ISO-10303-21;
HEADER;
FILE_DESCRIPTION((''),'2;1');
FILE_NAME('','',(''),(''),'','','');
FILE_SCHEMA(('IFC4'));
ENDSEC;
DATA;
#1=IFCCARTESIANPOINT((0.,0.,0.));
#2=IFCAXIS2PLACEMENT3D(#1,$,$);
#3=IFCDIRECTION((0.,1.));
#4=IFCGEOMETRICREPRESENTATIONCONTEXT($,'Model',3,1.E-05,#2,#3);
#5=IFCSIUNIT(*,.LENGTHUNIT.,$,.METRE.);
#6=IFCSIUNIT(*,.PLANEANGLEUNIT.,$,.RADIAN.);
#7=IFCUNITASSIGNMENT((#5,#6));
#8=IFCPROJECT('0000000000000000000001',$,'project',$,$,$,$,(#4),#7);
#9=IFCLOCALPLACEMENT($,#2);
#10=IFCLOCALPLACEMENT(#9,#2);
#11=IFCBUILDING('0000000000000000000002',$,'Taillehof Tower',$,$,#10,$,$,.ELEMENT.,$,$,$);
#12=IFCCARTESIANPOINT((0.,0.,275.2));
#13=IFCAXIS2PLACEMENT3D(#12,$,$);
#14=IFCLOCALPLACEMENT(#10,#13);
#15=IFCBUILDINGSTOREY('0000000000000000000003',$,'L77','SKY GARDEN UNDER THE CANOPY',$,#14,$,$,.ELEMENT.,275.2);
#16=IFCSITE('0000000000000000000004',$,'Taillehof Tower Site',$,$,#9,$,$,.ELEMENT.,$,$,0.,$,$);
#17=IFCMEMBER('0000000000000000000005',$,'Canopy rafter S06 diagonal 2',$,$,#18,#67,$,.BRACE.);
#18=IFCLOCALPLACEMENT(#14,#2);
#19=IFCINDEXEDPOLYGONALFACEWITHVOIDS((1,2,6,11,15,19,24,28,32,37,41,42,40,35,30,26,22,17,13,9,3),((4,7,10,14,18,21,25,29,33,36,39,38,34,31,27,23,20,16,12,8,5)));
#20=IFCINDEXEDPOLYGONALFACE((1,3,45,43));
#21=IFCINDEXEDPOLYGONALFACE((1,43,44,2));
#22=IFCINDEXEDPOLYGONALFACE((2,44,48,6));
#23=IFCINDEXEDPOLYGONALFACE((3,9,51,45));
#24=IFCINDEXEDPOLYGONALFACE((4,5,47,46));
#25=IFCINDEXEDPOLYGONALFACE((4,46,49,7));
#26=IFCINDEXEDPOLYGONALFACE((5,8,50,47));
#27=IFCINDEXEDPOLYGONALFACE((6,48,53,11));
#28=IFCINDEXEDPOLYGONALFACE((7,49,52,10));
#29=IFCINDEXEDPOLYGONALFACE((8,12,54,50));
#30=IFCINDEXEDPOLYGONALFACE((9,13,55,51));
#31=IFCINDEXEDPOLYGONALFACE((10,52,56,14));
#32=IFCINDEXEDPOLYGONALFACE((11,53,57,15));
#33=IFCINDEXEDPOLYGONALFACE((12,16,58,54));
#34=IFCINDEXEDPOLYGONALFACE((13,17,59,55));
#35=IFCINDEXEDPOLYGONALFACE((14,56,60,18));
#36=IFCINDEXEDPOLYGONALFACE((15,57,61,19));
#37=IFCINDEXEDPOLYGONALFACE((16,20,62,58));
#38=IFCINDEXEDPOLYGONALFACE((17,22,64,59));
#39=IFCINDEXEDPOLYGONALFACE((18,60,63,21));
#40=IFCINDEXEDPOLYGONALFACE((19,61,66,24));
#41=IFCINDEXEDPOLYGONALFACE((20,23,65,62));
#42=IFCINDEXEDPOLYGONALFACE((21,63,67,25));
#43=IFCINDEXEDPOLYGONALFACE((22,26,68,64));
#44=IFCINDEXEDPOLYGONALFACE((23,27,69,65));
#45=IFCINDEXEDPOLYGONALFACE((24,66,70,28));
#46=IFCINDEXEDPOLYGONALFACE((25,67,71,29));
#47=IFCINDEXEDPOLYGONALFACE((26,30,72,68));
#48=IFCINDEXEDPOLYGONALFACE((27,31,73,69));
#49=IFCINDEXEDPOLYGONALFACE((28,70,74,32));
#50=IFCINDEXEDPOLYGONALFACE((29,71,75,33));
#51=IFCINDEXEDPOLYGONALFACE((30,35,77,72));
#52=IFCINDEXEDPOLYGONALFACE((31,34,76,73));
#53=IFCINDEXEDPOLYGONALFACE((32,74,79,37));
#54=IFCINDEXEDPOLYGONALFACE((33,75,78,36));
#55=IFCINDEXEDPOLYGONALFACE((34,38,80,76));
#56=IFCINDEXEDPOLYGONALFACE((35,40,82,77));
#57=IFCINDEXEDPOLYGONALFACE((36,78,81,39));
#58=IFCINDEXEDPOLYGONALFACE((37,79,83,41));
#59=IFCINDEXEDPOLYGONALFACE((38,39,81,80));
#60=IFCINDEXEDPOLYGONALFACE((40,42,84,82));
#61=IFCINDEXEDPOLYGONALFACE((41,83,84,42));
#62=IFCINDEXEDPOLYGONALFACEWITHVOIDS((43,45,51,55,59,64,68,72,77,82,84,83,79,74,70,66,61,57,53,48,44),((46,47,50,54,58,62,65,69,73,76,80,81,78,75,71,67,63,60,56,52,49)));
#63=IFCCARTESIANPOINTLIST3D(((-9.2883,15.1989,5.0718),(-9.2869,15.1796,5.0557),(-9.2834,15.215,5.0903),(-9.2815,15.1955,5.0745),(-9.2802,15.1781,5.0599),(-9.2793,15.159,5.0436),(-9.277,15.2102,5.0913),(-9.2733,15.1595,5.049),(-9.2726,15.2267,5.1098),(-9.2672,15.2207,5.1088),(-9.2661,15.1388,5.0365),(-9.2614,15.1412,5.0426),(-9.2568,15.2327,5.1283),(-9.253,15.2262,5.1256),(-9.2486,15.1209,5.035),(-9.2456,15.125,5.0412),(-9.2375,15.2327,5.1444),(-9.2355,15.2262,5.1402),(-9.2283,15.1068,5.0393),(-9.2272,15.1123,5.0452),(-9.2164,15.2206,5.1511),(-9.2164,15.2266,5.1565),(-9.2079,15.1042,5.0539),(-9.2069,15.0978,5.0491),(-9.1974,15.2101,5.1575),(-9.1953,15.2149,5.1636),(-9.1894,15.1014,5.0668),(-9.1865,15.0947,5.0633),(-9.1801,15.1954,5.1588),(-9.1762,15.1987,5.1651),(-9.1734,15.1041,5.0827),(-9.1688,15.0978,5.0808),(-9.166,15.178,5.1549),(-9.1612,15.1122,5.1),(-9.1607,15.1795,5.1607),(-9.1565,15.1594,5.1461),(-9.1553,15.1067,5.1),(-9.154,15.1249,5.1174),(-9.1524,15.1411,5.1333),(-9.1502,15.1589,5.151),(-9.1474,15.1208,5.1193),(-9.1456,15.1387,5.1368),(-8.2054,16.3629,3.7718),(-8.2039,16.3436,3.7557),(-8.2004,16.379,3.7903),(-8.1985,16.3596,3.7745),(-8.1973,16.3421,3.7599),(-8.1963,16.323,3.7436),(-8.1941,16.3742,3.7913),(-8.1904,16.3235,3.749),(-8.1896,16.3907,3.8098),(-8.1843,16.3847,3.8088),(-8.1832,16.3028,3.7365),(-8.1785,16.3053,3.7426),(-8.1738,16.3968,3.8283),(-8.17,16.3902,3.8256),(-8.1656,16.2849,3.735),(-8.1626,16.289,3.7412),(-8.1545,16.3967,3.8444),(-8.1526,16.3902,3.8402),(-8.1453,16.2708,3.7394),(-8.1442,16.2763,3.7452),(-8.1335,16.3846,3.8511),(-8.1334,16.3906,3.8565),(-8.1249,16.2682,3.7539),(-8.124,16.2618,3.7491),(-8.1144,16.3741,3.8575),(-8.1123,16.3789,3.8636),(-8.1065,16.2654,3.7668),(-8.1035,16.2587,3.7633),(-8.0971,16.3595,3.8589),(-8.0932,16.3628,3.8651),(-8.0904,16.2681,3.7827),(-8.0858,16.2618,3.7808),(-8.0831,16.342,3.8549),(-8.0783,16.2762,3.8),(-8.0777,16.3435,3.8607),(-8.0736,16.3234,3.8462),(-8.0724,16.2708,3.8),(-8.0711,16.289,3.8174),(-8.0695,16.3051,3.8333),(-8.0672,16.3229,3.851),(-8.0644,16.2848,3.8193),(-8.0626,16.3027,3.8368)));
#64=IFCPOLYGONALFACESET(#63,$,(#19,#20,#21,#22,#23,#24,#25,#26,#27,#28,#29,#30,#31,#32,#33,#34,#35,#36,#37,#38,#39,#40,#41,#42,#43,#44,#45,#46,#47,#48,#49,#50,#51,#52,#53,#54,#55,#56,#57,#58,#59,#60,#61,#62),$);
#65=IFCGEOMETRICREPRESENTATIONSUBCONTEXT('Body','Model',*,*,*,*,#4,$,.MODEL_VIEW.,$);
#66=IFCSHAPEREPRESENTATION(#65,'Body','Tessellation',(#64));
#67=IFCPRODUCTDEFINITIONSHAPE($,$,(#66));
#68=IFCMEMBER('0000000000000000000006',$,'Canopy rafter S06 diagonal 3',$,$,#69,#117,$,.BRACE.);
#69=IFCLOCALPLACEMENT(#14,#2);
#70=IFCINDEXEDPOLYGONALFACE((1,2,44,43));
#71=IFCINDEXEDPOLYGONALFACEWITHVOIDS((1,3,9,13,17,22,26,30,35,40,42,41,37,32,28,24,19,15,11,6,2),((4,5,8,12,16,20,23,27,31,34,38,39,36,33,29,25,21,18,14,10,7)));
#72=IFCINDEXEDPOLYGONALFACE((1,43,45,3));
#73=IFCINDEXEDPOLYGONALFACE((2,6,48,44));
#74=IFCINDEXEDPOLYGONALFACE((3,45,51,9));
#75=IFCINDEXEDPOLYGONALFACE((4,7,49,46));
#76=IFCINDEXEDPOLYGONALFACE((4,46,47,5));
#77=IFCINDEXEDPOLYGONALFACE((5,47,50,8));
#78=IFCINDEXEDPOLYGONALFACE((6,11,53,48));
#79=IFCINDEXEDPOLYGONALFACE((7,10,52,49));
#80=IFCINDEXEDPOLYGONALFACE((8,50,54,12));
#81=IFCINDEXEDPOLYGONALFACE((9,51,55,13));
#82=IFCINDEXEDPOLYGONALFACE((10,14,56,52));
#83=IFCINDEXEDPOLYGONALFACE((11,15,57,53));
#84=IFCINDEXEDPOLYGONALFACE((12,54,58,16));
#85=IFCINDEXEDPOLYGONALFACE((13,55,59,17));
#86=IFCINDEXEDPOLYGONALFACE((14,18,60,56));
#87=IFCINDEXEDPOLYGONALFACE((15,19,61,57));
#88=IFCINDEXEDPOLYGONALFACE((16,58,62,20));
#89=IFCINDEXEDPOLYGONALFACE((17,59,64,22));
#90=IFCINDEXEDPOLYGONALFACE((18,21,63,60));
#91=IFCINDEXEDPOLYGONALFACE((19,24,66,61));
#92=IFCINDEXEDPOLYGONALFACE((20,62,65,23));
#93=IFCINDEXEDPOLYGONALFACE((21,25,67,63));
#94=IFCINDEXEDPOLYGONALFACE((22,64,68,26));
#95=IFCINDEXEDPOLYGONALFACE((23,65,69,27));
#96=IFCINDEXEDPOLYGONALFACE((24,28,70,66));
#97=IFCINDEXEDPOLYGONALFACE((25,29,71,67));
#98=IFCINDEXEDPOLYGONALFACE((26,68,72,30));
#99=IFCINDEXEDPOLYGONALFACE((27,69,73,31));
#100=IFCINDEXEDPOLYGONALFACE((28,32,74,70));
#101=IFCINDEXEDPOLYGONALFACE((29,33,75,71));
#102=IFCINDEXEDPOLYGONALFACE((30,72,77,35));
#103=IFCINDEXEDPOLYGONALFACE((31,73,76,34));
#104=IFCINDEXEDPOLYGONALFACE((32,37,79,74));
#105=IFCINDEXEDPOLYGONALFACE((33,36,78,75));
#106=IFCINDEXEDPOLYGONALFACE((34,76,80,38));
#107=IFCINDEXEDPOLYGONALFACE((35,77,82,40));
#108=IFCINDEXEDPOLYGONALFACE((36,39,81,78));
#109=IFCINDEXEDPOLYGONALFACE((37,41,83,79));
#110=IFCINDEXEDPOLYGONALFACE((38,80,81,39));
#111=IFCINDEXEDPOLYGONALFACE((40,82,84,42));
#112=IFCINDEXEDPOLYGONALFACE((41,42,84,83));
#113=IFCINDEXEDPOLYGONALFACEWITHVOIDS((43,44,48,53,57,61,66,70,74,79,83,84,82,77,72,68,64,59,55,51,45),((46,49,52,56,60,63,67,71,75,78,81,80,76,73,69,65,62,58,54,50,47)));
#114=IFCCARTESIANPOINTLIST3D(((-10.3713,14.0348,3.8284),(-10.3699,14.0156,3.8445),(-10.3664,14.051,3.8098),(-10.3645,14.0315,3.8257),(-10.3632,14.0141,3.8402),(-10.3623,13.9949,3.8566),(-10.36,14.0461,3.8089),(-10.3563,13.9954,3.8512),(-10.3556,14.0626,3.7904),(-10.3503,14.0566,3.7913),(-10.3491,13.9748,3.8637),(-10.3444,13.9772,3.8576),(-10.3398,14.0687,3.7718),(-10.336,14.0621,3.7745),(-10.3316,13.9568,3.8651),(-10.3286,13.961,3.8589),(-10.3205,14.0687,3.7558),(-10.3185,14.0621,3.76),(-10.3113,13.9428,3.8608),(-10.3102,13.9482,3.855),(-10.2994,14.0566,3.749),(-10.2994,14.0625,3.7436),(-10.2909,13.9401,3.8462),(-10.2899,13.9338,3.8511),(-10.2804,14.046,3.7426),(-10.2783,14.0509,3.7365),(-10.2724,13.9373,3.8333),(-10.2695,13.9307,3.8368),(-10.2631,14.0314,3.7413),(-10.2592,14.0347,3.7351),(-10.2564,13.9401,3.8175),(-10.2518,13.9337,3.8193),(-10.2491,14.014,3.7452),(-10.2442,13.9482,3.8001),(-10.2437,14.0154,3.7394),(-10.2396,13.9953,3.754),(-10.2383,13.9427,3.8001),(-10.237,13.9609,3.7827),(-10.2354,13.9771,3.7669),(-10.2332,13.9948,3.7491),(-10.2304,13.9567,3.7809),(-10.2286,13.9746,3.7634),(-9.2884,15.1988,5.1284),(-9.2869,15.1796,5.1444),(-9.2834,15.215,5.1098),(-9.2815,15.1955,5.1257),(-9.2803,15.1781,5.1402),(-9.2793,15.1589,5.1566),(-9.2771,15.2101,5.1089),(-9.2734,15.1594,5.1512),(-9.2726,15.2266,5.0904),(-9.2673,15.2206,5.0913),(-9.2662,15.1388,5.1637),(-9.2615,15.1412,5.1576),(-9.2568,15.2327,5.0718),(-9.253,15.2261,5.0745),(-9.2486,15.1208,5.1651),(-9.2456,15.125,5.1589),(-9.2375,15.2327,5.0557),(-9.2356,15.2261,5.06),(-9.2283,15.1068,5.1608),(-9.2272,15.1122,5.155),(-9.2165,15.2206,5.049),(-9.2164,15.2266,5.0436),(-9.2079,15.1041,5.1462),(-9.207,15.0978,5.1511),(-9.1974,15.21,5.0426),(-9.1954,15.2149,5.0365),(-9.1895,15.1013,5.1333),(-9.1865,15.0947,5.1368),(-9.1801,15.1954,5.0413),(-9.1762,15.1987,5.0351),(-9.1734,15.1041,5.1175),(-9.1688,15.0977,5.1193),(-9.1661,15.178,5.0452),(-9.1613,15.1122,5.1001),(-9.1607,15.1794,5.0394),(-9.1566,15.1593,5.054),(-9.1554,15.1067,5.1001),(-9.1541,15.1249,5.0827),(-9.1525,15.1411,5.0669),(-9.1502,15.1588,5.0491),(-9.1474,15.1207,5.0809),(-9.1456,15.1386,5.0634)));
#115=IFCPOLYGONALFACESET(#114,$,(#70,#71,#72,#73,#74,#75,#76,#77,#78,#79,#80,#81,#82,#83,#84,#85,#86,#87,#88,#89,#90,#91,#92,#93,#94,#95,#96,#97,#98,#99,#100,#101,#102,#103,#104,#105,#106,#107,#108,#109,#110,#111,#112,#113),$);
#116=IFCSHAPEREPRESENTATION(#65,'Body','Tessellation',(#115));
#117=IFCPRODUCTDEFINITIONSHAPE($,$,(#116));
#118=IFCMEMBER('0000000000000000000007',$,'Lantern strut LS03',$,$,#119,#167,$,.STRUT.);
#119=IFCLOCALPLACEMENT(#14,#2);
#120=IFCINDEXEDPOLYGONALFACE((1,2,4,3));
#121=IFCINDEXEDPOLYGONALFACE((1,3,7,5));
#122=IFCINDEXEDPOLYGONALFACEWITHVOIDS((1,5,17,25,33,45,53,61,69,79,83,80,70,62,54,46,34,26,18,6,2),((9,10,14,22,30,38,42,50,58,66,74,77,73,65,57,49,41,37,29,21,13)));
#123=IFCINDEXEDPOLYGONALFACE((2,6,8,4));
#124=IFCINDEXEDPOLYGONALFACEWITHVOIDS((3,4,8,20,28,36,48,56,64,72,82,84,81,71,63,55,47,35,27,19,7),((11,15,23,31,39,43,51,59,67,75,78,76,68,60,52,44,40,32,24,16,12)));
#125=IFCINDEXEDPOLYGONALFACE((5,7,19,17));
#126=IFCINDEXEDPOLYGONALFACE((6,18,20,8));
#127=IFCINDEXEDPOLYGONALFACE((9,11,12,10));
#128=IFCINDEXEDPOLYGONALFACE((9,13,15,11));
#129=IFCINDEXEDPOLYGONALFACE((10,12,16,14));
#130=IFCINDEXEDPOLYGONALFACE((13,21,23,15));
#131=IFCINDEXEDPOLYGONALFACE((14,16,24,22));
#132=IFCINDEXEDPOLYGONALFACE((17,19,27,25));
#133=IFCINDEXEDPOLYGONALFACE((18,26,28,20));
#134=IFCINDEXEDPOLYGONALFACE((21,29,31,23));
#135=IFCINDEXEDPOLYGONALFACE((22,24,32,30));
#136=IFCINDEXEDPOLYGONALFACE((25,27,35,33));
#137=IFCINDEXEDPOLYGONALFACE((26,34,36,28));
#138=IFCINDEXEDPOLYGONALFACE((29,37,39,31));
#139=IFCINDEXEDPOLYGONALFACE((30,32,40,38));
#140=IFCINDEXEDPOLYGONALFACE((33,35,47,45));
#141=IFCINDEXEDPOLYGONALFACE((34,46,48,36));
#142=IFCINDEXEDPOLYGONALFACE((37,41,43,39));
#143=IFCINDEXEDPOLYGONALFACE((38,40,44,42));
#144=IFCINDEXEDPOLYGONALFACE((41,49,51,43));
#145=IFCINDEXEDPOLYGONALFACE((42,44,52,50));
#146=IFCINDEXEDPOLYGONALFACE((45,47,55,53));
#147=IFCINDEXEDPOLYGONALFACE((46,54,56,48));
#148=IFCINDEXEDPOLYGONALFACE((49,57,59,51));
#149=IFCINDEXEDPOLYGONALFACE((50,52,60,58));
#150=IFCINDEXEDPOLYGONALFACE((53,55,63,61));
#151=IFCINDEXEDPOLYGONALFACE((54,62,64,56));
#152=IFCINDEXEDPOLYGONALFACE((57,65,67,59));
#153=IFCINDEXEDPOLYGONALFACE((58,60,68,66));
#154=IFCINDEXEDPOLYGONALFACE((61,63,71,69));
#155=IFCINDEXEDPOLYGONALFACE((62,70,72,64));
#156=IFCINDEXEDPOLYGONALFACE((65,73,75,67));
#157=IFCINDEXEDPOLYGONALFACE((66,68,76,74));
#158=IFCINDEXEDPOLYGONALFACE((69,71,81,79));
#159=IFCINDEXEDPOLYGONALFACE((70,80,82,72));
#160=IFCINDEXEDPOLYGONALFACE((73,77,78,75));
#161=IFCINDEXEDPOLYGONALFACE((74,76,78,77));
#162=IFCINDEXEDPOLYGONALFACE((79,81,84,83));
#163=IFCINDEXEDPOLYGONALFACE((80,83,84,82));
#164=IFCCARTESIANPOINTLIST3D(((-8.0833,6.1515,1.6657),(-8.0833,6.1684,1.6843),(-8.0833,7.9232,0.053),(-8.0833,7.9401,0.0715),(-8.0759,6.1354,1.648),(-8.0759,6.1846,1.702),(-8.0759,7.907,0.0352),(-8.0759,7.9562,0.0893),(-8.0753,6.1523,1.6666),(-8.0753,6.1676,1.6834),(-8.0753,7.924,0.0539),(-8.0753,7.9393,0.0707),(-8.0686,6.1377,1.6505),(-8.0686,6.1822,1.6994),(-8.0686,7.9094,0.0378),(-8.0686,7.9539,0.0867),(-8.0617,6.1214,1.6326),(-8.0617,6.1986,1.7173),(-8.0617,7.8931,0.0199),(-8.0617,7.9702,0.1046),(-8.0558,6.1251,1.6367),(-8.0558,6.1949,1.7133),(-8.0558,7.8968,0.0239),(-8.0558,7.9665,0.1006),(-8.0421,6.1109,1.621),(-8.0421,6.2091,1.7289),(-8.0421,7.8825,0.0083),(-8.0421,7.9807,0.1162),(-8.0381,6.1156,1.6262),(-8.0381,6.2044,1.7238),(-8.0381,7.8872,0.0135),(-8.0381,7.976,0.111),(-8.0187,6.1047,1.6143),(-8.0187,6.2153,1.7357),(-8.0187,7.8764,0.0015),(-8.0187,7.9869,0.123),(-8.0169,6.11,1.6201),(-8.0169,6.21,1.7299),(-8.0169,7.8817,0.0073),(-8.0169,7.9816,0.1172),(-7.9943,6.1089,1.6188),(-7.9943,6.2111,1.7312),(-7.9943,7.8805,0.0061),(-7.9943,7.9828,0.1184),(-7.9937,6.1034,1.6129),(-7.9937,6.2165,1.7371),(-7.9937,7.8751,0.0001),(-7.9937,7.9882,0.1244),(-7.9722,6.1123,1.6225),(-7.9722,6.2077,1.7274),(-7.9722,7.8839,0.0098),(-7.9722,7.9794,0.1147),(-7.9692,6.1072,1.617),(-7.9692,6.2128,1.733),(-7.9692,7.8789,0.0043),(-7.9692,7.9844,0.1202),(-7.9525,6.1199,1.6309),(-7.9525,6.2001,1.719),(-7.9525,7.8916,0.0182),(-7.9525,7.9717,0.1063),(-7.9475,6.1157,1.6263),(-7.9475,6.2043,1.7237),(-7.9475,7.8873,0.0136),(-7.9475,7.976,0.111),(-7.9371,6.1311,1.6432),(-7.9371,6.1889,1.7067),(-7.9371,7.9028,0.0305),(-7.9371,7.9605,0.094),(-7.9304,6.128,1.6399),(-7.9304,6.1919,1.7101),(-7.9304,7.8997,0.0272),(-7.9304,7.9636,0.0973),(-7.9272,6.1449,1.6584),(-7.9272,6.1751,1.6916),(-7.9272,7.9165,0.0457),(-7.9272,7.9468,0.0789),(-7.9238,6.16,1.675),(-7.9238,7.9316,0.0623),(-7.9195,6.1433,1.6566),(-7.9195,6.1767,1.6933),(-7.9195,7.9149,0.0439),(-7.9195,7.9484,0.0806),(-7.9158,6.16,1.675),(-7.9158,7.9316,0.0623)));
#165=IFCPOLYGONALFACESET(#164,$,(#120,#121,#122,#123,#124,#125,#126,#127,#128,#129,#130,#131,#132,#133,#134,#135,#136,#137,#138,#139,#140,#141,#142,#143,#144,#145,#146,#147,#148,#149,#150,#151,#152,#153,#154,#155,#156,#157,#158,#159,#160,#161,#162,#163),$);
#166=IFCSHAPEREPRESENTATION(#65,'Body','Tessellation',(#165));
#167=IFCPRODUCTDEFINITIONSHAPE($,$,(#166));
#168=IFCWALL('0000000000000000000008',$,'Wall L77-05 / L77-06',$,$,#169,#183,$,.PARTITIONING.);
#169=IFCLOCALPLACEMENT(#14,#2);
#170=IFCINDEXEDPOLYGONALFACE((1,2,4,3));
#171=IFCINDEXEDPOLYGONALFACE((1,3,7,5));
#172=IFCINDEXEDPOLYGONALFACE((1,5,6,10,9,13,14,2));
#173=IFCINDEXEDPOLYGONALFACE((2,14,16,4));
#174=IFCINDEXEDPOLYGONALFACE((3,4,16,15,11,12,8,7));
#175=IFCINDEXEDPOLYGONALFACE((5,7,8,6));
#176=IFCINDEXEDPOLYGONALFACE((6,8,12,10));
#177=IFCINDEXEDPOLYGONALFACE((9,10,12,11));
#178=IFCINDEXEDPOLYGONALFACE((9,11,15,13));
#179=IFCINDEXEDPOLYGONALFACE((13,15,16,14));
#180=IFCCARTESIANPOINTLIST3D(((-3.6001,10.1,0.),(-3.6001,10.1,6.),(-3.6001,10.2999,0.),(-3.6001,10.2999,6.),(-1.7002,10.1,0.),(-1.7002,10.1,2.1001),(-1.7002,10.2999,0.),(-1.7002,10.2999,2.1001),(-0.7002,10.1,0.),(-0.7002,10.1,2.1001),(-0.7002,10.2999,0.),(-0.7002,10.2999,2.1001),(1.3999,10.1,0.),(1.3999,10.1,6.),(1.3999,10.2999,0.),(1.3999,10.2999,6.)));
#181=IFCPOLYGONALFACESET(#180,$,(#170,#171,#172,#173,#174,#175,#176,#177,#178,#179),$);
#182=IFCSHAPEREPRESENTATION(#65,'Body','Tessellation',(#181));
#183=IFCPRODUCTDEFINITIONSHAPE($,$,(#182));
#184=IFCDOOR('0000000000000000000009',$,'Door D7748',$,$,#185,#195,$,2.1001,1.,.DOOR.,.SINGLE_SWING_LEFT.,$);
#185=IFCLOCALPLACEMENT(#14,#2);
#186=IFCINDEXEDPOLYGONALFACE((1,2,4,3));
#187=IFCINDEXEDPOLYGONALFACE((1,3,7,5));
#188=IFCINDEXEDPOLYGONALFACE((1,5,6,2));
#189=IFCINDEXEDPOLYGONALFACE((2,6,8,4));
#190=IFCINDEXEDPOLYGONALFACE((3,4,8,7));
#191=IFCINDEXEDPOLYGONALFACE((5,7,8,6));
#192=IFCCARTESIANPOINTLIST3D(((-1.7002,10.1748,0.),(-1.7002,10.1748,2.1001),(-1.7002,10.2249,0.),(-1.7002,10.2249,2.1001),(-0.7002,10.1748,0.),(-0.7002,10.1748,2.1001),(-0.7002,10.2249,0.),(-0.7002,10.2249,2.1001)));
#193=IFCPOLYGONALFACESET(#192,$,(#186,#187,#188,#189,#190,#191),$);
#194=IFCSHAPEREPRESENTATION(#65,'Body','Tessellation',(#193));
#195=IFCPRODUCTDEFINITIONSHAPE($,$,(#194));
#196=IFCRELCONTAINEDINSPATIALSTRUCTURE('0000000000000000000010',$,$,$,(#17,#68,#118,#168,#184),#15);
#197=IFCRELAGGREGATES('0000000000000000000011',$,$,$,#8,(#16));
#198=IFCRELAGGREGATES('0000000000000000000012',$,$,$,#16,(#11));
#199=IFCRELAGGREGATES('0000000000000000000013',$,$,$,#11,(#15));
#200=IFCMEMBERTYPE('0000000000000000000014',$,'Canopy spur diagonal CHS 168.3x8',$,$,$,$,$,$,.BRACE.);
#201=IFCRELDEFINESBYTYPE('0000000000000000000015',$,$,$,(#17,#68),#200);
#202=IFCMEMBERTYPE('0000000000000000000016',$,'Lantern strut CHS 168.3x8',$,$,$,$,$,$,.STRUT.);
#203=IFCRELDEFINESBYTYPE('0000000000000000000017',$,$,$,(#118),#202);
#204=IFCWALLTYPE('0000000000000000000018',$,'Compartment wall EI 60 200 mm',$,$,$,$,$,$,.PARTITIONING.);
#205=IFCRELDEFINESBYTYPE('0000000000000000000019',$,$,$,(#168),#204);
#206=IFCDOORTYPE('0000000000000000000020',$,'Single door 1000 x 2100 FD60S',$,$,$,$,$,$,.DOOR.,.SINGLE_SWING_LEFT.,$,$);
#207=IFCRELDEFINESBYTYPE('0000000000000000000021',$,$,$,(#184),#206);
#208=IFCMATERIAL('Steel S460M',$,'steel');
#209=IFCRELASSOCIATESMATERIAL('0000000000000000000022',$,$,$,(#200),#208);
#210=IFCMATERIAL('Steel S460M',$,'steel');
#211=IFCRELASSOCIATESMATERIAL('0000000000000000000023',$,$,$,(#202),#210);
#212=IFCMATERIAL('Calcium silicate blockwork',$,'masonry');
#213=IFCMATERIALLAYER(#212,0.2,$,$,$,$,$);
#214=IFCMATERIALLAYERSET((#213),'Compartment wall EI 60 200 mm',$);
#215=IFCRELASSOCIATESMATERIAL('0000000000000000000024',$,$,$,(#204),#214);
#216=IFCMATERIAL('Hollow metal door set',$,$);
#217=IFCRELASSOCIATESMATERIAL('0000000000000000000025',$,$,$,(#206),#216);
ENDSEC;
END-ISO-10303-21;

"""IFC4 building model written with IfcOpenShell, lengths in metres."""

from ifc_helpers import new_model, si_unit, direction, frame, frame_2d, origin, origin_2d, place, context, subcontext, project, spatial, rectangle, hollow_circle, extrude, material, layer, layer_set, material_profile, profile_set, type_object, element, fill, save


model = new_model("IFC4")

# Units and contexts
model_context = context("Model", 3, precision=1e-05, world=origin(), true_north=direction((0.0, 1.0)))
body_context = subcontext(model_context, "Body", "Model", "MODEL_VIEW")
ifc_project = project(units=[si_unit("LENGTHUNIT", "METRE"), si_unit("PLANEANGLEUNIT", "RADIAN")], contexts=[model_context])

# Site, building, storey
site_placement = place(None, origin())
site = spatial("IfcSite", under=ifc_project, at=site_placement, Name="Taillehof Tower Site", CompositionType="ELEMENT", RefElevation=0.0)
building_placement = place(site_placement, origin())
building = spatial("IfcBuilding", under=site, at=building_placement, Name="Taillehof Tower", CompositionType="ELEMENT")
storey_placement = place(building_placement, frame((0.0, 0.0, 275.2)))
storey = spatial("IfcBuildingStorey", under=building, at=storey_placement, Name="L77", Description="SKY GARDEN UNDER THE CANOPY", CompositionType="ELEMENT", Elevation=275.2)

# Members
ifc_material_1 = material(Name="Steel S460M", Category="steel")
ifc_material_profile_1 = material_profile(ifc_material_1, hollow_circle(Radius=0.0842, WallThickness=0.0081, at=origin_2d()), Name="CHS 168.3x8")
ifc_profile_set_1 = profile_set([ifc_material_profile_1], Name="Steel S460M")
member_type_1 = type_object("IfcMemberType", Name="Canopy spur diagonal CHS 168.3x8", PredefinedType="BRACE", material=ifc_profile_set_1)
for number, where, z_axis, x_axis, name in (
    (1, (-8.134, 16.3281, 3.8), (-0.52732, -0.566786, 0.632998), (0.732137, -0.681158, 0.0), "Canopy rafter S06 diagonal 2"),
    (2, (-9.217, 15.1641, 5.1001), (-0.52732, -0.566786, -0.632998), (0.732137, -0.681158, 0.0), "Canopy rafter S06 diagonal 3"),
):
    element("IfcMember", number, at=place(storey_placement, frame(where, z_axis=z_axis, x_axis=x_axis)), inside=storey, type_object=member_type_1, Name=name, PredefinedType="BRACE", context=body_context, shape_type="SweptSolid", body=[
        extrude(hollow_circle(Radius=0.0842, WallThickness=0.0081, at=origin_2d()), origin(), (0.0, 0.0, 1.0), 2.0537),
    ])
ifc_material_2 = material(Name="Steel S460M", Category="steel")
ifc_material_profile_2 = material_profile(ifc_material_2, hollow_circle(Radius=0.0842, WallThickness=0.0081, at=origin_2d()), Name="CHS 168.3x8")
ifc_profile_set_2 = profile_set([ifc_material_profile_2], Name="Steel S460M")
member_type_2 = type_object("IfcMemberType", Name="Lantern strut CHS 168.3x8", PredefinedType="STRUT", material=ifc_profile_set_2)
member_placement = place(storey_placement, frame((-8.0, 7.9316, 0.0623), z_axis=(0.0, -0.739497, 0.67316), x_axis=(1.0, 0.0, 0.0)))
element("IfcMember", 3, at=member_placement, inside=storey, type_object=member_type_2, Name="Lantern strut LS03", PredefinedType="STRUT", context=body_context, shape_type="SweptSolid", body=[
    extrude(hollow_circle(Radius=0.0842, WallThickness=0.0081, at=origin_2d()), origin(), (0.0, 0.0, 1.0), 2.3958),
])

# Wall, opening, door
ifc_material_3 = material(Name="Calcium silicate blockwork", Category="masonry")
ifc_layer_1 = layer(ifc_material_3, 0.2)
ifc_layer_set_1 = layer_set([ifc_layer_1], Name="Compartment wall EI 60 200 mm")
wall_type_1 = type_object("IfcWallType", Name="Compartment wall EI 60 200 mm", PredefinedType="PARTITIONING", material=ifc_layer_set_1)
wall_1_placement = place(storey_placement, frame((-3.6001, 10.2, 0.0), z_axis=(0.0, 0.0, 1.0), x_axis=(1.0, 0.0, 0.0)))
wall_1 = element("IfcWall", 4, at=wall_1_placement, inside=storey, type_object=wall_type_1, Name="Wall L77-05 / L77-06", PredefinedType="PARTITIONING", context=body_context, shape_type="SweptSolid", body=[
    extrude(rectangle(XDim=5.0, YDim=0.2, at=frame_2d((2.5, 0.0))), origin(), (0.0, 0.0, 1.0), 6.0),
])
opening_1_placement = place(wall_1_placement, frame((1.8999, 0.0, 0.0)))
opening_1 = element("IfcOpeningElement", 5, at=opening_1_placement, cuts=wall_1, PredefinedType="OPENING", context=body_context, shape_type="SweptSolid", body=[
    extrude(rectangle(XDim=1.0, YDim=2.1001, at=frame_2d((0.5, 1.05))), frame((0.0, 0.1099, 0.0), z_axis=(0.0, -1.0, 0.0), x_axis=(1.0, 0.0, 0.0)), (0.0, 0.0, 1.0), 0.22),
])
ifc_material_4 = material(Name="Hollow metal door set")
door_type_1 = type_object("IfcDoorType", Name="Single door 1000 x 2100 FD60S", OperationType="SINGLE_SWING_LEFT", PredefinedType="DOOR", material=ifc_material_4)
door_1_placement = place(opening_1_placement, origin())
door_1 = element("IfcDoor", 6, at=door_1_placement, inside=storey, type_object=door_type_1, Name="Door D7748", OperationType="SINGLE_SWING_LEFT", OverallHeight=2.1001, OverallWidth=1.0, PredefinedType="DOOR", context=body_context, shape_type="SweptSolid", body=[
    extrude(rectangle(XDim=1.0, YDim=2.1001, at=frame_2d((0.5, 1.05))), frame((0.0, 0.0249, 0.0), z_axis=(0.0, -1.0, 0.0), x_axis=(1.0, 0.0, 0.0)), (0.0, 0.0, 1.0), 0.05),
])
fill(opening_1, door_1)

save(model, "model.ifc")
